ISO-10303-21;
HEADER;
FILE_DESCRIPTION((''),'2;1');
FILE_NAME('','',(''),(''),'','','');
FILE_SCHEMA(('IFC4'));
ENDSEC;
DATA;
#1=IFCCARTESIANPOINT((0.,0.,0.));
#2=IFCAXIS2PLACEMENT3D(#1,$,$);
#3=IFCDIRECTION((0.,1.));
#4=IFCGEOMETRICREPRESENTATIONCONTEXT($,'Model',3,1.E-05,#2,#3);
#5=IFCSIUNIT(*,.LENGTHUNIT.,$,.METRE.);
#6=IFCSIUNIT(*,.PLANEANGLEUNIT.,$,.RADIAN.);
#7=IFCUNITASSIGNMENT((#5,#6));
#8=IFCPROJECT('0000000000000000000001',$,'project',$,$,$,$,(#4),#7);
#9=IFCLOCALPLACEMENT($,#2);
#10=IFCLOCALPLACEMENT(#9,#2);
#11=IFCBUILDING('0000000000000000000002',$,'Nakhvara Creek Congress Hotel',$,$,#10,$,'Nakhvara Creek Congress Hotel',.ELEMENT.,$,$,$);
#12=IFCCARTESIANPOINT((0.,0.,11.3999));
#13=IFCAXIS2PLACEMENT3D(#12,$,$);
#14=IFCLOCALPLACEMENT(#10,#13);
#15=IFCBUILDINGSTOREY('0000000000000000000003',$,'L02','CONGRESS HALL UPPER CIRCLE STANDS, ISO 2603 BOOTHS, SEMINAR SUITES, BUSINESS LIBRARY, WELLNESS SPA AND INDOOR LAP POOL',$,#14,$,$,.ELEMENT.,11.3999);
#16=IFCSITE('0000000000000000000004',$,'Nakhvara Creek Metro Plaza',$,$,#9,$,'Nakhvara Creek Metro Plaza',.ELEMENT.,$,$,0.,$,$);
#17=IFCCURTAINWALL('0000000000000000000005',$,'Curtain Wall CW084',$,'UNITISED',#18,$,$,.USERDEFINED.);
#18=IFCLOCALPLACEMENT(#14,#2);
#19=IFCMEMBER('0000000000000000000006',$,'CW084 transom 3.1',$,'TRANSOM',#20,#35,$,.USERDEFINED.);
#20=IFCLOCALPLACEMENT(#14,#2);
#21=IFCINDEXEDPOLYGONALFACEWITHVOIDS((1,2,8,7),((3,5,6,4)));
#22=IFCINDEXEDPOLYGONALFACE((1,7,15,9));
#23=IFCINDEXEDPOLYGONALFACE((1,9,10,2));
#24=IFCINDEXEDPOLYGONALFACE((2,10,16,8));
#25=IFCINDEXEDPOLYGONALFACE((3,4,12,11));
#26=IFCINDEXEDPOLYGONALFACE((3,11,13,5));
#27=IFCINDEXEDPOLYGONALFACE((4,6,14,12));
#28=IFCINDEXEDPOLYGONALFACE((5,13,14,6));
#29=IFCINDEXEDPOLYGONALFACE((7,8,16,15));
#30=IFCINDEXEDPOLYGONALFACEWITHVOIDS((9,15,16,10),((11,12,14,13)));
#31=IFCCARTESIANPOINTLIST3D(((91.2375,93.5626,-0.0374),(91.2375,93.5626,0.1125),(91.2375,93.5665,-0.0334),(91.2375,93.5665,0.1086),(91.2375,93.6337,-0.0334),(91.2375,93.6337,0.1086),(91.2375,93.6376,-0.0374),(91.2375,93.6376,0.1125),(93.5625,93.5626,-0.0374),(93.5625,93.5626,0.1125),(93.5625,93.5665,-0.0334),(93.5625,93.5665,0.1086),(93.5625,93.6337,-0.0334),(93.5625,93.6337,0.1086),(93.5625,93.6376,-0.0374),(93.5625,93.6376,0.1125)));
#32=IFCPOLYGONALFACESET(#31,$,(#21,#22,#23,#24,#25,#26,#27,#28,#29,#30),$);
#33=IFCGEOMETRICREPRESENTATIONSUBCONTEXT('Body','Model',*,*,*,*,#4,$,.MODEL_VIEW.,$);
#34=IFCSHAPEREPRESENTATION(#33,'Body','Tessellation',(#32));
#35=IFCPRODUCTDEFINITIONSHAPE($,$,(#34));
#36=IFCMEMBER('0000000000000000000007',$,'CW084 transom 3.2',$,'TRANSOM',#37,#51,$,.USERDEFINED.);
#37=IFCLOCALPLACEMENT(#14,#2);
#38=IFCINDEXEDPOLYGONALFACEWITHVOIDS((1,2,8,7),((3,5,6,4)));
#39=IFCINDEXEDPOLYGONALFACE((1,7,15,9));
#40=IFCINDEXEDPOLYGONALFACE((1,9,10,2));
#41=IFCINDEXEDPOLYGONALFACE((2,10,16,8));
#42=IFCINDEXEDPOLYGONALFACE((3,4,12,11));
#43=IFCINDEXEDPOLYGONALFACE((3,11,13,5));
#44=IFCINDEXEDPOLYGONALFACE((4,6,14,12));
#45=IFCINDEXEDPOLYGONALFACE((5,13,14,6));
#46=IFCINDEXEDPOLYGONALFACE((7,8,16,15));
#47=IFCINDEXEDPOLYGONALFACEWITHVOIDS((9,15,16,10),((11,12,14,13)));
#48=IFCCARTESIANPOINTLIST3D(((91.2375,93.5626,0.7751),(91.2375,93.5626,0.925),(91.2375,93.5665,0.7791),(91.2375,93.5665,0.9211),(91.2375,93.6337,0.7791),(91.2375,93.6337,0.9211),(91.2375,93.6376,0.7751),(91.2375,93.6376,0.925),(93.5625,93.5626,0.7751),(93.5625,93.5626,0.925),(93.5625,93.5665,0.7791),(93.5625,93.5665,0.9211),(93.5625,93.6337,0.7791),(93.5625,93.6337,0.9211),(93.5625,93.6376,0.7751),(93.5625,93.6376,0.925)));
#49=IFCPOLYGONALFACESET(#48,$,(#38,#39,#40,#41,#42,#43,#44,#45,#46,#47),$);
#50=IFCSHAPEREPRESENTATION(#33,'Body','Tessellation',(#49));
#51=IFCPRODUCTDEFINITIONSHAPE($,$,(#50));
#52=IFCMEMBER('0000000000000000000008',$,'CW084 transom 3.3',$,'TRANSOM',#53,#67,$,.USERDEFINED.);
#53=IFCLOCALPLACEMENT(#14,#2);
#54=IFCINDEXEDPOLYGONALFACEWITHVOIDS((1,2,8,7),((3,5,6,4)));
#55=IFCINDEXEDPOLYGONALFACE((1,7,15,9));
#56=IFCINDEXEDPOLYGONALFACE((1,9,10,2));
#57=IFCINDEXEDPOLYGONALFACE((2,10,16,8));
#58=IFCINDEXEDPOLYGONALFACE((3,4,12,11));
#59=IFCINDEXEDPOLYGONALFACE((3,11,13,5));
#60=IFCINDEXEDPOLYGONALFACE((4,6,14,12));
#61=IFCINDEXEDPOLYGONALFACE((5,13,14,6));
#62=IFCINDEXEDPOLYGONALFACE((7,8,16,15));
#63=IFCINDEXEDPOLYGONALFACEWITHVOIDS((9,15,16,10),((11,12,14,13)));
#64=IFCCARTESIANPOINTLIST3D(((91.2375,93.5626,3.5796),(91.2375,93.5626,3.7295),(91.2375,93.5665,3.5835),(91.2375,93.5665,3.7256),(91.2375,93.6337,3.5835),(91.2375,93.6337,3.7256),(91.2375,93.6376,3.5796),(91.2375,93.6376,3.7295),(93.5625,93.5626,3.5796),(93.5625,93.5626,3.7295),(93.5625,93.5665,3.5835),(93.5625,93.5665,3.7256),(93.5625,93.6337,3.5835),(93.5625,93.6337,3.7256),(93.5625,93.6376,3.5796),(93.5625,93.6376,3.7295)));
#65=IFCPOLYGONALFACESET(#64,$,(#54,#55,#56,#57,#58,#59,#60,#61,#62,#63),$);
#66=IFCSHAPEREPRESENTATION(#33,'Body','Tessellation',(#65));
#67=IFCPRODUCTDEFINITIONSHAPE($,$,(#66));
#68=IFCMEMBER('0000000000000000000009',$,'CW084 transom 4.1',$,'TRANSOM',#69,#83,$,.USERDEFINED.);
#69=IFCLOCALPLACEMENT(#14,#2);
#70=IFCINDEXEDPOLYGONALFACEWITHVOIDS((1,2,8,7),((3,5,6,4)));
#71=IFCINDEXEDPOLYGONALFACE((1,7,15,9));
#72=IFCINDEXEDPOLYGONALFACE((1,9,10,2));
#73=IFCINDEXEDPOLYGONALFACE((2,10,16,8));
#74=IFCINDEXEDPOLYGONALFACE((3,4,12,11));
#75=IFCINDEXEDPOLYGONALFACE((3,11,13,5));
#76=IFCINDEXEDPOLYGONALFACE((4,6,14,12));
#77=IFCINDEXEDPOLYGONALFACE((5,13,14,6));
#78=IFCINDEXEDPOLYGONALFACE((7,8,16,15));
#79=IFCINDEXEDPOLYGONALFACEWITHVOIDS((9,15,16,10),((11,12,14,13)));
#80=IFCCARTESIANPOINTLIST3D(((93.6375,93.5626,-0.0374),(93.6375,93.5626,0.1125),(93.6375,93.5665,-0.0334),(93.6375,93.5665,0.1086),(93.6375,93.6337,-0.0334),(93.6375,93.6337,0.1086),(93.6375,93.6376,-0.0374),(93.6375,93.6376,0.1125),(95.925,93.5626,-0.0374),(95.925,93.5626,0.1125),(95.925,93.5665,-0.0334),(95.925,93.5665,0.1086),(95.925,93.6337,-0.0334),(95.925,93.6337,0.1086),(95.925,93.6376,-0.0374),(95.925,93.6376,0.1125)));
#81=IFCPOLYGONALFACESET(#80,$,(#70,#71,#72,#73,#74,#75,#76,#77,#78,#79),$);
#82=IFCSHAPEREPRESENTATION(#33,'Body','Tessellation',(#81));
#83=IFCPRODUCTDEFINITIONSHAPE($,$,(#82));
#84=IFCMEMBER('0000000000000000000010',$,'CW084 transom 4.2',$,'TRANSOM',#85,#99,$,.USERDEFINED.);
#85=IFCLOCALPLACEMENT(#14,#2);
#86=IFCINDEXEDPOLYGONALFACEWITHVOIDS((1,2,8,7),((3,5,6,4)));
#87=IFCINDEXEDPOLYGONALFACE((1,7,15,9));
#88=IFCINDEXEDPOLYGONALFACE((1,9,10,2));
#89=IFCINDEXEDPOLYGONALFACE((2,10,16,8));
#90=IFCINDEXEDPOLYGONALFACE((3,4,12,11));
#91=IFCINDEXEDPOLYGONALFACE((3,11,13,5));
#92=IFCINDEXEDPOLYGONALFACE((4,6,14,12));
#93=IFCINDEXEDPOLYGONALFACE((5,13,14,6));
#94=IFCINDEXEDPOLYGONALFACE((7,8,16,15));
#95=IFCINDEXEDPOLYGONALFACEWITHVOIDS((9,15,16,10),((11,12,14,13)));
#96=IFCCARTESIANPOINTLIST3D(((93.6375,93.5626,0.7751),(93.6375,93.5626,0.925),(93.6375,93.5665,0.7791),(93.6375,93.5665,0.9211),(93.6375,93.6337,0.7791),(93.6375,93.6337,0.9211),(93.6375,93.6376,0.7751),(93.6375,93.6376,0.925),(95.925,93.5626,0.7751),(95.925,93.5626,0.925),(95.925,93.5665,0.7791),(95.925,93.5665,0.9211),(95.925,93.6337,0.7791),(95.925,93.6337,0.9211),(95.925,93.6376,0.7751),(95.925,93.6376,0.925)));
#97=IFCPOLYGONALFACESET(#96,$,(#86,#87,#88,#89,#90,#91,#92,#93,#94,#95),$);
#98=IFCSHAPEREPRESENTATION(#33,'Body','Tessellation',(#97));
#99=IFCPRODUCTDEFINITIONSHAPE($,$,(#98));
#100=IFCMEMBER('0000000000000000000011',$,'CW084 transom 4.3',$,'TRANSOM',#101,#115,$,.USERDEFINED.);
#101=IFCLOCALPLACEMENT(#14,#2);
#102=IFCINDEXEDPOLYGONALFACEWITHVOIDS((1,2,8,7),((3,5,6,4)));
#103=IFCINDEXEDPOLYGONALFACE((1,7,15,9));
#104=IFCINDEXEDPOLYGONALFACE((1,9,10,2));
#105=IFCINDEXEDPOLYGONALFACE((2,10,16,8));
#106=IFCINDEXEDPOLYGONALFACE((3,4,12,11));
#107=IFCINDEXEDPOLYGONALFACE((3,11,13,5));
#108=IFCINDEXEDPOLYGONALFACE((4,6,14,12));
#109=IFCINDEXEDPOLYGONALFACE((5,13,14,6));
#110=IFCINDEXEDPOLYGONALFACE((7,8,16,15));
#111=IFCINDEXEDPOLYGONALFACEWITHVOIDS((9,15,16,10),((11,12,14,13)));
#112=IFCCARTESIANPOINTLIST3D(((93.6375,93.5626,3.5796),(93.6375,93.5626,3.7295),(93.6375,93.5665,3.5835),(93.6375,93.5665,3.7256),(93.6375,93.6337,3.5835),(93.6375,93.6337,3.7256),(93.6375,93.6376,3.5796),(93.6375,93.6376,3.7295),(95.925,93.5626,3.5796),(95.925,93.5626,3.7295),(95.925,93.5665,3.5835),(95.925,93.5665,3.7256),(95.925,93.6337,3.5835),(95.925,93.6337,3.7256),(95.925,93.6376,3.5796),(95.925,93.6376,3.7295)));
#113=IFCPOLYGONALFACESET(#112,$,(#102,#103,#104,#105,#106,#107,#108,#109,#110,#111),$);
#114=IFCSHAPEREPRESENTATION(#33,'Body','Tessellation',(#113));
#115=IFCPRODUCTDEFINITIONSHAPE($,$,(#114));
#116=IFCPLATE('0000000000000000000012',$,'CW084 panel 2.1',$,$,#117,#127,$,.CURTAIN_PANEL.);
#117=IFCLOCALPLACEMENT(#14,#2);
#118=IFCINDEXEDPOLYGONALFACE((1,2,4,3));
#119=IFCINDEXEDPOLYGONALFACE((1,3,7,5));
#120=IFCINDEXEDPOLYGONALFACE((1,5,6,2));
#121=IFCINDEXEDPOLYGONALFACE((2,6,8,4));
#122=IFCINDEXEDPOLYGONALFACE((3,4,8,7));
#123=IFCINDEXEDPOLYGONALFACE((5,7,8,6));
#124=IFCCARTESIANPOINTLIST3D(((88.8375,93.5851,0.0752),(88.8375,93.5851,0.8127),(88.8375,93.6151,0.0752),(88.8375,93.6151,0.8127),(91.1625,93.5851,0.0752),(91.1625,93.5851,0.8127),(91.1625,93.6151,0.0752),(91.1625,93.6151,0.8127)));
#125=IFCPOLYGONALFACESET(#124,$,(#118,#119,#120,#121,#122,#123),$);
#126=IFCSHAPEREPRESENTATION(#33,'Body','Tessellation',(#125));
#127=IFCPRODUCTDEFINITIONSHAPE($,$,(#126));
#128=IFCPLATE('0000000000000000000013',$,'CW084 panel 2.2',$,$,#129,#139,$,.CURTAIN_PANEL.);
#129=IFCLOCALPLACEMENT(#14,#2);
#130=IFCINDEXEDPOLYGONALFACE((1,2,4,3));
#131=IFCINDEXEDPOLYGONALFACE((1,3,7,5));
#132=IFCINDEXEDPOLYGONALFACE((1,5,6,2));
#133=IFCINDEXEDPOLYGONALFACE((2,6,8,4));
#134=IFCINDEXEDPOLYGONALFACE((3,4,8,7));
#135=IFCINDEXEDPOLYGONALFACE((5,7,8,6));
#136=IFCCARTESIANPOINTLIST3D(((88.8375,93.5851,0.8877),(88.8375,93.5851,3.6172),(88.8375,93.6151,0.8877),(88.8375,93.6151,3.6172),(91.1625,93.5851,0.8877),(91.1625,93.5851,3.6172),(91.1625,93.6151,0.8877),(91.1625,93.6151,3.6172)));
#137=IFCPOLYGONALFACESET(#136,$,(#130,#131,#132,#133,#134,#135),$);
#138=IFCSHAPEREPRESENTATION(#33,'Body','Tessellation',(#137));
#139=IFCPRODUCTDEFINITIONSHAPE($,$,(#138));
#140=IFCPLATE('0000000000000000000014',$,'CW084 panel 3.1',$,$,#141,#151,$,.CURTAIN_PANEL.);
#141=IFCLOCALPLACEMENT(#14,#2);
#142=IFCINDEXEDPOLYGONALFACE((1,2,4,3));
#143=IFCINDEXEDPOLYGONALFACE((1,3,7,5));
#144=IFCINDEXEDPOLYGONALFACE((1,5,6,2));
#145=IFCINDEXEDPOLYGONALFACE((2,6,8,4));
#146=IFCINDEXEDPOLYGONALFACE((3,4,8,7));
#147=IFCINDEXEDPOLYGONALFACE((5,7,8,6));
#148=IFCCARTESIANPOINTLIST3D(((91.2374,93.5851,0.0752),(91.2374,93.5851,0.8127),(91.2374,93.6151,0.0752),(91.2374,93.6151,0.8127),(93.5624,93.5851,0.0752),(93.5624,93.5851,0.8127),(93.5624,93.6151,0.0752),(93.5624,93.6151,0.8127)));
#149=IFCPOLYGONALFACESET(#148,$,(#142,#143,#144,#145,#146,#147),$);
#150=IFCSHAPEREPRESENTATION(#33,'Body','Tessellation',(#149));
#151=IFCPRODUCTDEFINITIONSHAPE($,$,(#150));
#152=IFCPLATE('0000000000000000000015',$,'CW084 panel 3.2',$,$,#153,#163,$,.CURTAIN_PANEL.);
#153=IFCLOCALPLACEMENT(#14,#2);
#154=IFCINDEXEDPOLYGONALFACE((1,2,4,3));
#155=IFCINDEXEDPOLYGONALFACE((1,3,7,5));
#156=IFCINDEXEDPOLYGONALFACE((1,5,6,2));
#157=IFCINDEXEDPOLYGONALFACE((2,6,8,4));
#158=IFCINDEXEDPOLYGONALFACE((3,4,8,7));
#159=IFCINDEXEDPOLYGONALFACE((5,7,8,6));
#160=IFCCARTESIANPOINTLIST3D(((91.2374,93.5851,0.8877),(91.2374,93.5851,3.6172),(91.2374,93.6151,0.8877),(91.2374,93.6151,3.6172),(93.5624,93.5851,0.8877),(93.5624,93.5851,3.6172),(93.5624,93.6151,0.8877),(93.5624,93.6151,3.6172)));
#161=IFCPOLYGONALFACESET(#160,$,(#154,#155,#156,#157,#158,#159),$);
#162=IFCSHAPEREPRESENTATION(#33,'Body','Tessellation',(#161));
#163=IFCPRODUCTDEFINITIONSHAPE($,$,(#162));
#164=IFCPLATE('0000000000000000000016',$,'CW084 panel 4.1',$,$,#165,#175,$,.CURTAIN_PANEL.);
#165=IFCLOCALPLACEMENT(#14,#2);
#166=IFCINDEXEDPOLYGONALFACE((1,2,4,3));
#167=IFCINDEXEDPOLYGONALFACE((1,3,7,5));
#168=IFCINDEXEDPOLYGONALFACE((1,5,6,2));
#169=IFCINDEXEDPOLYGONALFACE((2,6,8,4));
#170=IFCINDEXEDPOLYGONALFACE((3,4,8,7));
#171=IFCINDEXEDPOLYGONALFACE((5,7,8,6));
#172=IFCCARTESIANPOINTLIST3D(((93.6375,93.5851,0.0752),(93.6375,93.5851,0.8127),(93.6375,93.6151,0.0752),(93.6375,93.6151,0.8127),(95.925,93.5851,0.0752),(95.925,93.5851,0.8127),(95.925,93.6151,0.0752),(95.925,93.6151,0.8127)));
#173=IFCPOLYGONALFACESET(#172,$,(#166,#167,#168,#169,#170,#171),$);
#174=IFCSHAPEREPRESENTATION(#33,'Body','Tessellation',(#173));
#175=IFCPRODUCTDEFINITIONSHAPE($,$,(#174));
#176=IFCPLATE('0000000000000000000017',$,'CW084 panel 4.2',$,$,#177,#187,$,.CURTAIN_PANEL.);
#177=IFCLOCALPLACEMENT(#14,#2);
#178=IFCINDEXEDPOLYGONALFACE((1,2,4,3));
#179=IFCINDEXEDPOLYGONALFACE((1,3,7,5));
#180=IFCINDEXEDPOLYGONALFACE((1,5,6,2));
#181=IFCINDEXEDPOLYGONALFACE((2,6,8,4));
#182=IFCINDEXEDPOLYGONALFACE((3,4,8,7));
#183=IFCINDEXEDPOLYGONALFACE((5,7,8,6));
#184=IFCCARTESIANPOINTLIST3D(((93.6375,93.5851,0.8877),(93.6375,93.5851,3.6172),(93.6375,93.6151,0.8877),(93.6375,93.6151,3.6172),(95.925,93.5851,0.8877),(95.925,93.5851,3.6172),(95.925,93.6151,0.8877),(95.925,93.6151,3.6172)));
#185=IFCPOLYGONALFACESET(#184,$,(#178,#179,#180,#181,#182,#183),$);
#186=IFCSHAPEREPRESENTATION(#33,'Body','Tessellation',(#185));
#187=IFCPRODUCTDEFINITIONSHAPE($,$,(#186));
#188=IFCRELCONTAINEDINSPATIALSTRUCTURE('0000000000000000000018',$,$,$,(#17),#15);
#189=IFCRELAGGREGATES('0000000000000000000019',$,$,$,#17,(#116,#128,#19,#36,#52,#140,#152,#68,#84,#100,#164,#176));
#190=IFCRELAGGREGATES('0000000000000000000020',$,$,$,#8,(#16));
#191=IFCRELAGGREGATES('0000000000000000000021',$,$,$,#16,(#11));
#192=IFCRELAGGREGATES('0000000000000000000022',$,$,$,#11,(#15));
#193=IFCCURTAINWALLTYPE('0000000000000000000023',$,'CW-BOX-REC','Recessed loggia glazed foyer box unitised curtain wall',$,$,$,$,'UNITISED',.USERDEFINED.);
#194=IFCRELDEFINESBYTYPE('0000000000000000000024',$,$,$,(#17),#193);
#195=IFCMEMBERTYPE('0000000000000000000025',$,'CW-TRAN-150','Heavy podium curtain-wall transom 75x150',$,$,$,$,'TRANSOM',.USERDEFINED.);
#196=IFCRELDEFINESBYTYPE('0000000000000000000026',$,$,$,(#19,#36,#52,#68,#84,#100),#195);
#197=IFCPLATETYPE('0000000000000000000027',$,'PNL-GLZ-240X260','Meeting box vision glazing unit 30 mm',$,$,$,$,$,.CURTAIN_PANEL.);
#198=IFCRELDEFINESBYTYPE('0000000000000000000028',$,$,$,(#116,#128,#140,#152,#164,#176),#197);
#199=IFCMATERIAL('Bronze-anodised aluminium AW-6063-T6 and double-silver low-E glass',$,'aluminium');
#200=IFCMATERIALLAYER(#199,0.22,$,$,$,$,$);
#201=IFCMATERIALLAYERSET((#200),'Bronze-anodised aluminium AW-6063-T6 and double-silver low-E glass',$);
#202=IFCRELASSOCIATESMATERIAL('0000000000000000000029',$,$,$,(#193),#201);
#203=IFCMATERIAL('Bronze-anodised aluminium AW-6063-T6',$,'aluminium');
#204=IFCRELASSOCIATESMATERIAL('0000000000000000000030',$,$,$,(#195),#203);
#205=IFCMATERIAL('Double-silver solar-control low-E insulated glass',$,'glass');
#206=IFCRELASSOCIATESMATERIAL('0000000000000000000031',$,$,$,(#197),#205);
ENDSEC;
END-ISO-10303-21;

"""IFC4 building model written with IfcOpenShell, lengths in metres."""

from ifc_helpers import new_model, si_unit, direction, frame, origin, origin_2d, place, context, subcontext, project, spatial, rectangle, hollow_rectangle, extrude, material, layer, layer_set, material_profile, profile_set, type_object, element, aggregate, save


model = new_model("IFC4")

# Units and contexts
model_context = context("Model", 3, precision=1e-05, world=origin(), true_north=direction((0.0, 1.0)))
body_context = subcontext(model_context, "Body", "Model", "MODEL_VIEW")
ifc_project = project(units=[si_unit("LENGTHUNIT", "METRE"), si_unit("PLANEANGLEUNIT", "RADIAN")], contexts=[model_context])

# Site, building, storey
site_placement = place(None, origin())
site = spatial("IfcSite", under=ifc_project, at=site_placement, Name="Nakhvara Creek Metro Plaza", LongName="Nakhvara Creek Metro Plaza", CompositionType="ELEMENT", RefElevation=0.0)
building_placement = place(site_placement, origin())
building = spatial("IfcBuilding", under=site, at=building_placement, Name="Nakhvara Creek Congress Hotel", LongName="Nakhvara Creek Congress Hotel", CompositionType="ELEMENT")
storey_placement = place(building_placement, frame((0.0, 0.0, 11.3999)))
storey = spatial("IfcBuildingStorey", under=building, at=storey_placement, Name="L02", Description="CONGRESS HALL UPPER CIRCLE STANDS, ISO 2603 BOOTHS, SEMINAR SUITES, BUSINESS LIBRARY, WELLNESS SPA AND INDOOR LAP POOL", CompositionType="ELEMENT", Elevation=11.3999)

# Shared definitions
ifc_material_1 = material(Name="Bronze-anodised aluminium AW-6063-T6 and double-silver low-E glass", Category="aluminium")
ifc_material_2 = material(Name="Bronze-anodised aluminium AW-6063-T6", Category="aluminium")

# Curtain wall, members, plates
ifc_layer_1 = layer(ifc_material_1, 0.22)
ifc_layer_set_1 = layer_set([ifc_layer_1], Name="Bronze-anodised aluminium AW-6063-T6 and double-silver low-E glass")
curtain_wall_type_1 = type_object("IfcCurtainWallType", Name="CW-BOX-REC", Description="Recessed loggia glazed foyer box unitised curtain wall", ElementType="UNITISED", PredefinedType="USERDEFINED", material=ifc_layer_set_1)
curtain_wall_1_placement = place(storey_placement, origin())
curtain_wall_1 = element("IfcCurtainWall", 1, at=curtain_wall_1_placement, inside=storey, type_object=curtain_wall_type_1, Name="Curtain Wall CW084", ObjectType="UNITISED", PredefinedType="USERDEFINED")
ifc_material_profile_1 = material_profile(ifc_material_2, hollow_rectangle(XDim=0.075, YDim=0.1499, WallThickness=0.0039, at=origin_2d()), Name="ALU-TRAN 75x150x4", Category="LoadBearing")
ifc_profile_set_1 = profile_set([ifc_material_profile_1], Name="Bronze-anodised aluminium AW-6063-T6")
member_type_1 = type_object("IfcMemberType", Name="CW-TRAN-150", Description="Heavy podium curtain-wall transom 75x150", ElementType="TRANSOM", PredefinedType="USERDEFINED", material=ifc_profile_set_1)
member_1_placement = place(storey_placement, frame((91.2375, 93.6001, 0.0376), z_axis=(1.0, 0.0, 0.0), x_axis=(0.0, 1.0, 0.0)))
member_1 = element("IfcMember", 2, at=member_1_placement, type_object=member_type_1, Name="CW084 transom 3.1", ObjectType="TRANSOM", PredefinedType="USERDEFINED", context=body_context, shape_type="SweptSolid", body=[
    extrude(hollow_rectangle(XDim=0.075, YDim=0.1499, WallThickness=0.0039, at=origin_2d()), origin(), (0.0, 0.0, 1.0), 2.325),
])
member_2_placement = place(storey_placement, frame((91.2375, 93.6001, 0.8501), z_axis=(1.0, 0.0, 0.0), x_axis=(0.0, 1.0, 0.0)))
member_2 = element("IfcMember", 3, at=member_2_placement, type_object=member_type_1, Name="CW084 transom 3.2", ObjectType="TRANSOM", PredefinedType="USERDEFINED", context=body_context, shape_type="SweptSolid", body=[
    extrude(hollow_rectangle(XDim=0.075, YDim=0.1499, WallThickness=0.0039, at=origin_2d()), origin(), (0.0, 0.0, 1.0), 2.325),
])
member_3_placement = place(storey_placement, frame((91.2375, 93.6001, 3.6545), z_axis=(1.0, 0.0, 0.0), x_axis=(0.0, 1.0, 0.0)))
member_3 = element("IfcMember", 4, at=member_3_placement, type_object=member_type_1, Name="CW084 transom 3.3", ObjectType="TRANSOM", PredefinedType="USERDEFINED", context=body_context, shape_type="SweptSolid", body=[
    extrude(hollow_rectangle(XDim=0.075, YDim=0.1499, WallThickness=0.0039, at=origin_2d()), origin(), (0.0, 0.0, 1.0), 2.325),
])
member_4_placement = place(storey_placement, frame((93.6375, 93.6001, 0.0376), z_axis=(1.0, 0.0, 0.0), x_axis=(0.0, 1.0, 0.0)))
member_4 = element("IfcMember", 5, at=member_4_placement, type_object=member_type_1, Name="CW084 transom 4.1", ObjectType="TRANSOM", PredefinedType="USERDEFINED", context=body_context, shape_type="SweptSolid", body=[
    extrude(hollow_rectangle(XDim=0.075, YDim=0.1499, WallThickness=0.0039, at=origin_2d()), origin(), (0.0, 0.0, 1.0), 2.2876),
])
member_5_placement = place(storey_placement, frame((93.6375, 93.6001, 0.8501), z_axis=(1.0, 0.0, 0.0), x_axis=(0.0, 1.0, 0.0)))
member_5 = element("IfcMember", 6, at=member_5_placement, type_object=member_type_1, Name="CW084 transom 4.2", ObjectType="TRANSOM", PredefinedType="USERDEFINED", context=body_context, shape_type="SweptSolid", body=[
    extrude(hollow_rectangle(XDim=0.075, YDim=0.1499, WallThickness=0.0039, at=origin_2d()), origin(), (0.0, 0.0, 1.0), 2.2876),
])
member_6_placement = place(storey_placement, frame((93.6375, 93.6001, 3.6545), z_axis=(1.0, 0.0, 0.0), x_axis=(0.0, 1.0, 0.0)))
member_6 = element("IfcMember", 7, at=member_6_placement, type_object=member_type_1, Name="CW084 transom 4.3", ObjectType="TRANSOM", PredefinedType="USERDEFINED", context=body_context, shape_type="SweptSolid", body=[
    extrude(hollow_rectangle(XDim=0.075, YDim=0.1499, WallThickness=0.0039, at=origin_2d()), origin(), (0.0, 0.0, 1.0), 2.2876),
])
ifc_material_3 = material(Name="Double-silver solar-control low-E insulated glass", Category="glass")
plate_type = type_object("IfcPlateType", Name="PNL-GLZ-240X260", Description="Meeting box vision glazing unit 30 mm", PredefinedType="CURTAIN_PANEL", material=ifc_material_3)
plate_1_placement = place(storey_placement, frame((90.0, 93.6001, 0.0752), z_axis=(0.0, 0.0, 1.0), x_axis=(1.0, 0.0, 0.0)))
plate_1 = element("IfcPlate", 8, at=plate_1_placement, type_object=plate_type, Name="CW084 panel 2.1", PredefinedType="CURTAIN_PANEL", context=body_context, shape_type="SweptSolid", body=[
    extrude(rectangle(XDim=2.325, YDim=0.03, at=origin_2d()), origin(), (0.0, 0.0, 1.0), 0.7375),
])
plate_2_placement = place(storey_placement, frame((90.0, 93.6001, 0.8877), z_axis=(0.0, 0.0, 1.0), x_axis=(1.0, 0.0, 0.0)))
plate_2 = element("IfcPlate", 9, at=plate_2_placement, type_object=plate_type, Name="CW084 panel 2.2", PredefinedType="CURTAIN_PANEL", context=body_context, shape_type="SweptSolid", body=[
    extrude(rectangle(XDim=2.325, YDim=0.03, at=origin_2d()), origin(), (0.0, 0.0, 1.0), 2.7295),
])
plate_3_placement = place(storey_placement, frame((92.3999, 93.6001, 0.0752), z_axis=(0.0, 0.0, 1.0), x_axis=(1.0, 0.0, 0.0)))
plate_3 = element("IfcPlate", 10, at=plate_3_placement, type_object=plate_type, Name="CW084 panel 3.1", PredefinedType="CURTAIN_PANEL", context=body_context, shape_type="SweptSolid", body=[
    extrude(rectangle(XDim=2.325, YDim=0.03, at=origin_2d()), origin(), (0.0, 0.0, 1.0), 0.7375),
])
plate_4_placement = place(storey_placement, frame((92.3999, 93.6001, 0.8877), z_axis=(0.0, 0.0, 1.0), x_axis=(1.0, 0.0, 0.0)))
plate_4 = element("IfcPlate", 11, at=plate_4_placement, type_object=plate_type, Name="CW084 panel 3.2", PredefinedType="CURTAIN_PANEL", context=body_context, shape_type="SweptSolid", body=[
    extrude(rectangle(XDim=2.325, YDim=0.03, at=origin_2d()), origin(), (0.0, 0.0, 1.0), 2.7295),
])
plate_5_placement = place(storey_placement, frame((94.7812, 93.6001, 0.0752), z_axis=(0.0, 0.0, 1.0), x_axis=(1.0, 0.0, 0.0)))
plate_5 = element("IfcPlate", 12, at=plate_5_placement, type_object=plate_type, Name="CW084 panel 4.1", PredefinedType="CURTAIN_PANEL", context=body_context, shape_type="SweptSolid", body=[
    extrude(rectangle(XDim=2.2876, YDim=0.03, at=origin_2d()), origin(), (0.0, 0.0, 1.0), 0.7375),
])
plate_6_placement = place(storey_placement, frame((94.7812, 93.6001, 0.8877), z_axis=(0.0, 0.0, 1.0), x_axis=(1.0, 0.0, 0.0)))
plate_6 = element("IfcPlate", 13, at=plate_6_placement, type_object=plate_type, Name="CW084 panel 4.2", PredefinedType="CURTAIN_PANEL", context=body_context, shape_type="SweptSolid", body=[
    extrude(rectangle(XDim=2.2876, YDim=0.03, at=origin_2d()), origin(), (0.0, 0.0, 1.0), 2.7295),
])
aggregate(curtain_wall_1, [plate_1, plate_2, member_1, member_2, member_3, plate_3, plate_4, member_4, member_5, member_6, plate_5, plate_6])

save(model, "model.ifc")
